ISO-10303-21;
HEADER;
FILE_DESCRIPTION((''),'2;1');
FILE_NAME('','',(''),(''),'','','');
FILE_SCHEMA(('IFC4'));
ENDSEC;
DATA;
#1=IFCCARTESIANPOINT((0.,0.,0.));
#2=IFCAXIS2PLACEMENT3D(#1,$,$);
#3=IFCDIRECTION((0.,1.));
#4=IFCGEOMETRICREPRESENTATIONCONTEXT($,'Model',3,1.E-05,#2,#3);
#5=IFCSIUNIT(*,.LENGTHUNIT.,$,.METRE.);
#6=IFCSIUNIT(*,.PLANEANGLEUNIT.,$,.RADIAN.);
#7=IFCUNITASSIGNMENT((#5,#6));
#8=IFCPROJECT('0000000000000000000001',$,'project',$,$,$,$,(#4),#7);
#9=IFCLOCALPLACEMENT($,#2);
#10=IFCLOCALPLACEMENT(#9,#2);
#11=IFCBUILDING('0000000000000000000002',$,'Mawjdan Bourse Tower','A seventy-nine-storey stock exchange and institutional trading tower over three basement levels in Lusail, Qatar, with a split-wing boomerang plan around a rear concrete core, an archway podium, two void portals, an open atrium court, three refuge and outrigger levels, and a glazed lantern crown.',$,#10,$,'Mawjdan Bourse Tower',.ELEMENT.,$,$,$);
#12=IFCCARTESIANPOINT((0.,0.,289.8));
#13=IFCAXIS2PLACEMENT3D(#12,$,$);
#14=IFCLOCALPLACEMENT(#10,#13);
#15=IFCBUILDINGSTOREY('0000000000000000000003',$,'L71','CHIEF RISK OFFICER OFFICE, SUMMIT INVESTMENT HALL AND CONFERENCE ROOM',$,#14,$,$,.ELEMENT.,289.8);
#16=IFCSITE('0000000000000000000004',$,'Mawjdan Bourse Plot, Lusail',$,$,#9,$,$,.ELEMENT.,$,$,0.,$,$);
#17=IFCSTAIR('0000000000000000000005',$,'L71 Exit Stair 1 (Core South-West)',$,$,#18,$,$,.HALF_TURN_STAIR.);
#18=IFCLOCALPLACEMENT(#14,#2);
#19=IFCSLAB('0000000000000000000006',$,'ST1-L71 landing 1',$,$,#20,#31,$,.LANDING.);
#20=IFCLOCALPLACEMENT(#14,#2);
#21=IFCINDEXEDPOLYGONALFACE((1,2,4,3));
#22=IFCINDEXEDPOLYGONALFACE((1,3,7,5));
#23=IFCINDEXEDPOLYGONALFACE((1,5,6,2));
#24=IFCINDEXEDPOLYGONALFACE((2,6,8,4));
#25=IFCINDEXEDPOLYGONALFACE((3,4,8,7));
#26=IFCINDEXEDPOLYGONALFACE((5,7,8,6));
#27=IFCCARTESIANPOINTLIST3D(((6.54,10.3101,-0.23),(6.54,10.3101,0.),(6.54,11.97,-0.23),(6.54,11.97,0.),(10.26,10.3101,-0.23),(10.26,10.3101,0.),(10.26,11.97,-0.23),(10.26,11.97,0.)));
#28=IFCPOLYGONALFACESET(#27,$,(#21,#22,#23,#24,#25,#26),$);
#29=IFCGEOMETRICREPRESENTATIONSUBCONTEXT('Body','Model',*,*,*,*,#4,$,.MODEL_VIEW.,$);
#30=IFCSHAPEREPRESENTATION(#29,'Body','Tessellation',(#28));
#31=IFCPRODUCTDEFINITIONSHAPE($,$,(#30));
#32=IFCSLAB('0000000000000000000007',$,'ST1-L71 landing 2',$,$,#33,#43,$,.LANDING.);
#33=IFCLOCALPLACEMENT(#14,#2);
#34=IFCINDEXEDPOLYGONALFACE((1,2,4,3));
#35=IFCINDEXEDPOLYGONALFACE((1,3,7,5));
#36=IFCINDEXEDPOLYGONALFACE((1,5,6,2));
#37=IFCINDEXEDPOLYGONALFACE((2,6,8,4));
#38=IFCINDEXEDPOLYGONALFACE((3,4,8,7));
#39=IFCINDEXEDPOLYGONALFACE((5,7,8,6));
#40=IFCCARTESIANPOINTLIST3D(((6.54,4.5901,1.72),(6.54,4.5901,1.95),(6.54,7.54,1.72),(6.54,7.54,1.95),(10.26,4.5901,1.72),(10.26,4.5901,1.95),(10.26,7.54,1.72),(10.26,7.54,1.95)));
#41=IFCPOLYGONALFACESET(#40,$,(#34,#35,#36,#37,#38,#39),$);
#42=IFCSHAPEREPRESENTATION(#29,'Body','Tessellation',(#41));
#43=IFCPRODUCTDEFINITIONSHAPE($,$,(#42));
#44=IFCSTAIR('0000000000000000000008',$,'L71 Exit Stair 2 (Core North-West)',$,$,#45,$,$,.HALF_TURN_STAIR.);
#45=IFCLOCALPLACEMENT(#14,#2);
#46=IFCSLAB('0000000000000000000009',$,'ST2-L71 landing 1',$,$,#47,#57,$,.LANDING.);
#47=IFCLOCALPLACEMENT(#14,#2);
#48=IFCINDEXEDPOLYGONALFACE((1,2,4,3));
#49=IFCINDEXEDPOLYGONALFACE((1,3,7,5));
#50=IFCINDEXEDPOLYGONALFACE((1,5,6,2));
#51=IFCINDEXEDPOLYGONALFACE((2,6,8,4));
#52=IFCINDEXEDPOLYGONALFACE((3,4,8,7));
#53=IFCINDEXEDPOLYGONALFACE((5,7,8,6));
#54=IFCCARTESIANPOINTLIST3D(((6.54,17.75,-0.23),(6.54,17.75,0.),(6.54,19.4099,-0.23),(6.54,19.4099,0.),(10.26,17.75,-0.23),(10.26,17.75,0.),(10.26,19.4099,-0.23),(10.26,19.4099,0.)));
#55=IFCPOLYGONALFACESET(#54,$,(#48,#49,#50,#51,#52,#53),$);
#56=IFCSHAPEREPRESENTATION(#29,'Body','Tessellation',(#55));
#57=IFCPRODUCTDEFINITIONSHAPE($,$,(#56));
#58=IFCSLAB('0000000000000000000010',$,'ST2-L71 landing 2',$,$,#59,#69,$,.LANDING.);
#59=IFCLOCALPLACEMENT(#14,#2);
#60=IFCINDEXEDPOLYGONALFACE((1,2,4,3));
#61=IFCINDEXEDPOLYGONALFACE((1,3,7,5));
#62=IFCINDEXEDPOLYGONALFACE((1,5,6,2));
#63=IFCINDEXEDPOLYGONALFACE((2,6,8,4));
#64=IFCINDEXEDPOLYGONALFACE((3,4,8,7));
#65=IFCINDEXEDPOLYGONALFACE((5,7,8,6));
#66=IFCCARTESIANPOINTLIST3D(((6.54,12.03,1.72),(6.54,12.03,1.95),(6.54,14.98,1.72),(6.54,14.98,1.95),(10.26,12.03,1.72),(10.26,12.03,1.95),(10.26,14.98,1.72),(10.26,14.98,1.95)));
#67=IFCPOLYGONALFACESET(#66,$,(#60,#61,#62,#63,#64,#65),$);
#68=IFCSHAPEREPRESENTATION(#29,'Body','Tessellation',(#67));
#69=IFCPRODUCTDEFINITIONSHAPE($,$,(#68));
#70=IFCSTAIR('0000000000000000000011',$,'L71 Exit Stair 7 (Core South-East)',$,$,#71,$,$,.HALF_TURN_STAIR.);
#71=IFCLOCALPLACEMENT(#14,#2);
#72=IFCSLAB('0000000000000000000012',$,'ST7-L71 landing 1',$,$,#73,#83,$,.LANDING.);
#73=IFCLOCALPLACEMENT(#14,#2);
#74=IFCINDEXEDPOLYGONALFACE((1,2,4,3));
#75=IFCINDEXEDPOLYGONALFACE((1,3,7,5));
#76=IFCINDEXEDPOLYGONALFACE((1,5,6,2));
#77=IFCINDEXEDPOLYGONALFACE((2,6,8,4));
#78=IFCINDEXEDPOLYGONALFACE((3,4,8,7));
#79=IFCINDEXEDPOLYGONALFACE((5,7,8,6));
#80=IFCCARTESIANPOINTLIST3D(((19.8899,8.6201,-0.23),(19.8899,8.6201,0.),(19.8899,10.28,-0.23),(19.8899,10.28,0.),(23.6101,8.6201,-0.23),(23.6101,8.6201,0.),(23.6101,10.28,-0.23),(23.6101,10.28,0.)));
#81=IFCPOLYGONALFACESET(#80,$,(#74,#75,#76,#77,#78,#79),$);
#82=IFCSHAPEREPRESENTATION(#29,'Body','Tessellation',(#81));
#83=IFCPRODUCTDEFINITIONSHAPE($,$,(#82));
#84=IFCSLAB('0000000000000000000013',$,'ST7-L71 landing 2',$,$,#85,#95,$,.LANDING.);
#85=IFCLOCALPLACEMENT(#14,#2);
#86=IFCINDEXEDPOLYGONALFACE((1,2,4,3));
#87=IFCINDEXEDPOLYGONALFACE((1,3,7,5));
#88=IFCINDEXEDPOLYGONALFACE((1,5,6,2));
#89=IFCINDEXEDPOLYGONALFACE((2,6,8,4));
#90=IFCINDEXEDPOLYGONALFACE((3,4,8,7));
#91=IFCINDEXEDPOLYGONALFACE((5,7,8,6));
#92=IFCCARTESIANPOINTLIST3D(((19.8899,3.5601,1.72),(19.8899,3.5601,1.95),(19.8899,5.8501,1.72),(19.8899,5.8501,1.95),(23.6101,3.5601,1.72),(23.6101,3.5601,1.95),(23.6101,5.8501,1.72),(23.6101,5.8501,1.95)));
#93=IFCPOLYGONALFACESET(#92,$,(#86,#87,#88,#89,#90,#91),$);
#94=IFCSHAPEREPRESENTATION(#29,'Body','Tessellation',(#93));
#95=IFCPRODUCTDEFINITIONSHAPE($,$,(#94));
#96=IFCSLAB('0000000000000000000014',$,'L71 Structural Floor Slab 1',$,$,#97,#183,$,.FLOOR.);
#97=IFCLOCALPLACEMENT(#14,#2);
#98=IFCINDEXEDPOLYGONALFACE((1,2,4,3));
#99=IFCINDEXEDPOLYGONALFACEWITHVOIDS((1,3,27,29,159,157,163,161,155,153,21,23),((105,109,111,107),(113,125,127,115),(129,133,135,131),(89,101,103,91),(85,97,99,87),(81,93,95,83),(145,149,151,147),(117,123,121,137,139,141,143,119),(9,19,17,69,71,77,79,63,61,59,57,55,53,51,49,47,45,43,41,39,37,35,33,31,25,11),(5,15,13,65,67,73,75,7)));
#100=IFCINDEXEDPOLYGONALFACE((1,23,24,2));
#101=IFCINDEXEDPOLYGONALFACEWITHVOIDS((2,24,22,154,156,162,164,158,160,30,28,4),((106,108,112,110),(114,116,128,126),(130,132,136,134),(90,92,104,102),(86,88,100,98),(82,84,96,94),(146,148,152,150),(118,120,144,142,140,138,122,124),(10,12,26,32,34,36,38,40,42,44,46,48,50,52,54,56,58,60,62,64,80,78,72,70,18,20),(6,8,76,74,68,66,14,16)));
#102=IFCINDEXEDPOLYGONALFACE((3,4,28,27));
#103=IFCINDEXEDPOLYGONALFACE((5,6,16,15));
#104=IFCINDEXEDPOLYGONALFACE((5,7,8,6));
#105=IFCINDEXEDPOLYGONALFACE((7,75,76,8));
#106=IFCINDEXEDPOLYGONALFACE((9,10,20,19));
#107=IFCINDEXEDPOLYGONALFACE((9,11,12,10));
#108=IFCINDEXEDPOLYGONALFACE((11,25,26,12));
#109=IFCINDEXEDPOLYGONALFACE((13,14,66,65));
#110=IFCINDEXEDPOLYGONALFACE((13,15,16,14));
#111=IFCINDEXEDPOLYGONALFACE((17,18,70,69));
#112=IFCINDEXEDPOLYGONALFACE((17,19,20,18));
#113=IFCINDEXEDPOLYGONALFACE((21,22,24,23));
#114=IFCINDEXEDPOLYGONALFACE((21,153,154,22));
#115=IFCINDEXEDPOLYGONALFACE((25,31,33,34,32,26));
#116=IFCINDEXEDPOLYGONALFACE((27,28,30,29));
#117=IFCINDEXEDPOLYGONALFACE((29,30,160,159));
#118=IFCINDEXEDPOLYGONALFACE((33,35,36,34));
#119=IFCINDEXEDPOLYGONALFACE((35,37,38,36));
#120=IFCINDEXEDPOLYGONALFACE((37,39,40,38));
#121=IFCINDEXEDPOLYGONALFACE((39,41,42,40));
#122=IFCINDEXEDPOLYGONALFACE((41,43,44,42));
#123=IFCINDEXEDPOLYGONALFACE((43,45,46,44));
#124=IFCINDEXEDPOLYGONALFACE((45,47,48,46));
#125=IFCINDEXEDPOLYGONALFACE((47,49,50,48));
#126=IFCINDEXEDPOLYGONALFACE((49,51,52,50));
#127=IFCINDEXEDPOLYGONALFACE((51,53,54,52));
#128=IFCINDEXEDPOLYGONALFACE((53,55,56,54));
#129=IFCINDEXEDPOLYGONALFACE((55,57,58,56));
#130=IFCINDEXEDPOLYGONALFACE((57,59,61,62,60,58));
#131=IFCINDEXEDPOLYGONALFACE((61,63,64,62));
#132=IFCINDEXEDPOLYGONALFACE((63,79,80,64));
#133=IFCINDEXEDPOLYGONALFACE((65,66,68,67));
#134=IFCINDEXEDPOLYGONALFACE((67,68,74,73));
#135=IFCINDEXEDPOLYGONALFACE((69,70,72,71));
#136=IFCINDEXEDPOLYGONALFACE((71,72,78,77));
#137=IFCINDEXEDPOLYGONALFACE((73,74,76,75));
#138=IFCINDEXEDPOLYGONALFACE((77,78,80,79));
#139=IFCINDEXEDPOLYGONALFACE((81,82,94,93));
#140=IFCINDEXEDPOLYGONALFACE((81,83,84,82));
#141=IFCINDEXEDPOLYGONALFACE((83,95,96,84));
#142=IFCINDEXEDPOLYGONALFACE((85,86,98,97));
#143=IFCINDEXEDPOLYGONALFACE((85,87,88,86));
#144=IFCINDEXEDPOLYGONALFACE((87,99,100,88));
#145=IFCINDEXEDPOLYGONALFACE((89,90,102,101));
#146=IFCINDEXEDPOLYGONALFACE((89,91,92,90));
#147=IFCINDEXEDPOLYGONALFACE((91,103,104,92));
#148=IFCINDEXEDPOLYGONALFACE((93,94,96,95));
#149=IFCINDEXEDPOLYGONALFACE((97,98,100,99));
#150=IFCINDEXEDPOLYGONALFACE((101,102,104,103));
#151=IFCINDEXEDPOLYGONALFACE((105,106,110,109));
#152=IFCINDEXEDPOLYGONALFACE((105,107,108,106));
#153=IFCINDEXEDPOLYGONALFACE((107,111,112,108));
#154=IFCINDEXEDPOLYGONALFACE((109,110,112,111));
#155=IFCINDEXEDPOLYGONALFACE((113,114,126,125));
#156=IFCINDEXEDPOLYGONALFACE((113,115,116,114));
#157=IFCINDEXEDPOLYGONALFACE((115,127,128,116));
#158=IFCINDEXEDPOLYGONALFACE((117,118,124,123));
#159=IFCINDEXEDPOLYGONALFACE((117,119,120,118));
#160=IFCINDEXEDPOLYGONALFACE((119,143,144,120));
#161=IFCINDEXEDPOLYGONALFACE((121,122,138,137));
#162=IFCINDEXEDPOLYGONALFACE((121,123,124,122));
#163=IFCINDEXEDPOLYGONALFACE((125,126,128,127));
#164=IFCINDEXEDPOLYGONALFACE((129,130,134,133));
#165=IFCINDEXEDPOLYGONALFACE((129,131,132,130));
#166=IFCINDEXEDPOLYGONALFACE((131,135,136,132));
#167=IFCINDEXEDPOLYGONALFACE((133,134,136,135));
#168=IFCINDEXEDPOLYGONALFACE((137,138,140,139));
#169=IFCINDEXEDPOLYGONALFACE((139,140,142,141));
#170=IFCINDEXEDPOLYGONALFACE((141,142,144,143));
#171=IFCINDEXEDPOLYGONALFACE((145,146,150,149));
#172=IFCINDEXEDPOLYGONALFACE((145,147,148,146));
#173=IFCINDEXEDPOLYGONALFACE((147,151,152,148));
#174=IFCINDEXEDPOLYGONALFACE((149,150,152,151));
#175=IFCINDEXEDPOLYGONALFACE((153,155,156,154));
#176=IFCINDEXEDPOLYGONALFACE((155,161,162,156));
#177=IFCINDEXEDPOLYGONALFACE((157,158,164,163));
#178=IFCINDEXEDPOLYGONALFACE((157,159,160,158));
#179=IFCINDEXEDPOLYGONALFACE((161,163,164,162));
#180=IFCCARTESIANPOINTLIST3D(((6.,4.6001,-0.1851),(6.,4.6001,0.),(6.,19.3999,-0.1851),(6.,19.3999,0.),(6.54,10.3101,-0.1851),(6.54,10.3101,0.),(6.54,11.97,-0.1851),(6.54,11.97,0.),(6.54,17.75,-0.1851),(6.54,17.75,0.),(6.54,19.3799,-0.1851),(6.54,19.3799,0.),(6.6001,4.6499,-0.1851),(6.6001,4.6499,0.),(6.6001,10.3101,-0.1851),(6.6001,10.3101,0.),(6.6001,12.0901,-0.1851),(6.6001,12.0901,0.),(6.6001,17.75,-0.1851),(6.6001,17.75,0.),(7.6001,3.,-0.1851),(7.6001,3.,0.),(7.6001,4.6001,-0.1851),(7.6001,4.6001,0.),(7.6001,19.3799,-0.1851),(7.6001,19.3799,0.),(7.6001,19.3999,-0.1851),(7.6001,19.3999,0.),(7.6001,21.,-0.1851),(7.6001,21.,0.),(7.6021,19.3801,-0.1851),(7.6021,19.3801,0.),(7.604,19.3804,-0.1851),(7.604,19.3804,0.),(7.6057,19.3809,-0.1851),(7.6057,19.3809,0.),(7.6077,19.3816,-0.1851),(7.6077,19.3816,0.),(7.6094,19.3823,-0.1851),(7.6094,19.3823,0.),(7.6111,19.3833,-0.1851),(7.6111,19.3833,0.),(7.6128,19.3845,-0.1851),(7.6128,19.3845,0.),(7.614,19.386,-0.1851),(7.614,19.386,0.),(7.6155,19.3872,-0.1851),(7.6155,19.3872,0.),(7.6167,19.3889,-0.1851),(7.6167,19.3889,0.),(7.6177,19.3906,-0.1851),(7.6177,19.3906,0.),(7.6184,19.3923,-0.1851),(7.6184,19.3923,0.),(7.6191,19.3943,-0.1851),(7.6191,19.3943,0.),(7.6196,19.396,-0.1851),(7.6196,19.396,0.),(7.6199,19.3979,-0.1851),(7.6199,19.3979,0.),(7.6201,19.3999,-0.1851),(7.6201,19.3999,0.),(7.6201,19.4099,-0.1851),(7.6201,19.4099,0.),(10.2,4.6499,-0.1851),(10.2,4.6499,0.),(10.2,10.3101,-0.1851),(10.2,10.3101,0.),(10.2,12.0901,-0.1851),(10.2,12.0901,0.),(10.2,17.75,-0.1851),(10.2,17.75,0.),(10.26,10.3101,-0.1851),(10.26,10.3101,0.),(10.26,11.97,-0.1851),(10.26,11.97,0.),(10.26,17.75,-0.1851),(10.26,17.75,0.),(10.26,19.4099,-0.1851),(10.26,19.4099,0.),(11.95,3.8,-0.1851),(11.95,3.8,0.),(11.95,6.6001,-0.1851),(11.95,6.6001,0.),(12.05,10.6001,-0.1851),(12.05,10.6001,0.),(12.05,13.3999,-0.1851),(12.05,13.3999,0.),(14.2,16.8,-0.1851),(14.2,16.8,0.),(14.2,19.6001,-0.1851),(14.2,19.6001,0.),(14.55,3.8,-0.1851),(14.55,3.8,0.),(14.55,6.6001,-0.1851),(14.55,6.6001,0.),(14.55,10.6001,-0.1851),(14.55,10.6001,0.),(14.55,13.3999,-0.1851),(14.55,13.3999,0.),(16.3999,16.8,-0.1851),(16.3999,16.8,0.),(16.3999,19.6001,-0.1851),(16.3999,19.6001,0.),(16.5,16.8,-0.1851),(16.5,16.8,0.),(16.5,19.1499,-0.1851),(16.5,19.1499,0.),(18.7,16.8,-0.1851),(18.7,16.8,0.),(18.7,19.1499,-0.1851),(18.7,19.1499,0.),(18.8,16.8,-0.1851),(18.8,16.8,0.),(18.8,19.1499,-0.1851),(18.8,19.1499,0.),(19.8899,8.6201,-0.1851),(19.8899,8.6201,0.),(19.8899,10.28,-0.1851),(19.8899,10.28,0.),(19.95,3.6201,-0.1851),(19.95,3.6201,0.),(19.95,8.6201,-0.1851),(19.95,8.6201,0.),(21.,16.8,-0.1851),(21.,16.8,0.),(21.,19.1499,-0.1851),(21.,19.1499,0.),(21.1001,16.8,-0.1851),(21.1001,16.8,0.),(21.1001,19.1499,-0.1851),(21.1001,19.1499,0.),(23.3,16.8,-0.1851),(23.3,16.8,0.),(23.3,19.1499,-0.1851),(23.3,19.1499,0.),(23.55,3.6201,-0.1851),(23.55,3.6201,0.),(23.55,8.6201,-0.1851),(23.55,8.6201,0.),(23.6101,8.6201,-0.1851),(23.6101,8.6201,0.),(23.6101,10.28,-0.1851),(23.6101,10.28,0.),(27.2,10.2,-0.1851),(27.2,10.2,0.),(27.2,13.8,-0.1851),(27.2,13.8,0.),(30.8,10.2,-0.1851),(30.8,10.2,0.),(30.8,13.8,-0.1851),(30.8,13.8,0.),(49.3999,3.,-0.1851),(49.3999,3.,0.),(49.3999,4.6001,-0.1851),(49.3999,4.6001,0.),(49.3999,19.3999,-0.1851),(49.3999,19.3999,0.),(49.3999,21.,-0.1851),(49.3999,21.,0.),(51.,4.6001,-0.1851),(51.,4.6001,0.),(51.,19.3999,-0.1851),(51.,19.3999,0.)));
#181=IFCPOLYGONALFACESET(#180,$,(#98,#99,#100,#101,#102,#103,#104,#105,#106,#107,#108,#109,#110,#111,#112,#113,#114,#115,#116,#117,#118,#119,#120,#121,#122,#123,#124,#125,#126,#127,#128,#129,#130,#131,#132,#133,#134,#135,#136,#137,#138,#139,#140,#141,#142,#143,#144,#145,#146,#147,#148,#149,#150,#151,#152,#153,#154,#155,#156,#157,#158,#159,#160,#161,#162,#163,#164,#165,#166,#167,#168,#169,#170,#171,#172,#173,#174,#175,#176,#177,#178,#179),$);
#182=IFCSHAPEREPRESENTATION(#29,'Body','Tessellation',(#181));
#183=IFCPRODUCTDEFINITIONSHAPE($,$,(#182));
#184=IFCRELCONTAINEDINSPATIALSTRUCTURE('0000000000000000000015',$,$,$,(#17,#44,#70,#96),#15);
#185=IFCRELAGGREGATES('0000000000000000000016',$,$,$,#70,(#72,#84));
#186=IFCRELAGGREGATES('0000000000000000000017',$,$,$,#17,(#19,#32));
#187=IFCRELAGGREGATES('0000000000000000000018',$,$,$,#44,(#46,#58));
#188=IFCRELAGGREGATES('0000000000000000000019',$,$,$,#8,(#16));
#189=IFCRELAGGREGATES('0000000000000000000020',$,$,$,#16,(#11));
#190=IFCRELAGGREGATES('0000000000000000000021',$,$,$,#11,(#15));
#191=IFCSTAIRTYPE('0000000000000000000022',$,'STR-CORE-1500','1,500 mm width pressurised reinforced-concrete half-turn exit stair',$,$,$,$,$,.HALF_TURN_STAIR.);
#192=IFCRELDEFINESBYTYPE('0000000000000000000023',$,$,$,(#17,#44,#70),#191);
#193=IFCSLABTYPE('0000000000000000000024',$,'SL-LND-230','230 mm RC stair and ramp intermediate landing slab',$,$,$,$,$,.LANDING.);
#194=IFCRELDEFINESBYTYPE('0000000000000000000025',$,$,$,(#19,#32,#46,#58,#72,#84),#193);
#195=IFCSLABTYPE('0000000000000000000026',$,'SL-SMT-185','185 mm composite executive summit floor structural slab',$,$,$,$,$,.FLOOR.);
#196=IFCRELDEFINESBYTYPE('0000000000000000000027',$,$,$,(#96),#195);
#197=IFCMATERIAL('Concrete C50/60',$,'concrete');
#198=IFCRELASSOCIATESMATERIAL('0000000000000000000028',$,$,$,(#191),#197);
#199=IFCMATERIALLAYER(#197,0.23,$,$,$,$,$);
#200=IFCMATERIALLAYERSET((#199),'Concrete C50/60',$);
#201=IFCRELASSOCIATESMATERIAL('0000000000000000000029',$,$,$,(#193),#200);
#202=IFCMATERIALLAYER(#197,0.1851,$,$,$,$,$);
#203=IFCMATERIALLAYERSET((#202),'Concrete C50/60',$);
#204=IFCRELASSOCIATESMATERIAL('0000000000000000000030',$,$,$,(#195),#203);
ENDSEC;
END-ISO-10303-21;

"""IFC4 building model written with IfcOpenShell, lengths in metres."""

from ifc_helpers import new_model, si_unit, direction, frame, origin, place, context, subcontext, project, spatial, polyline, outline, extrude, material, layer, layer_set, type_object, element, aggregate, save


model = new_model("IFC4")

# Units and contexts
model_context = context("Model", 3, precision=1e-05, world=origin(), true_north=direction((0.0, 1.0)))
body_context = subcontext(model_context, "Body", "Model", "MODEL_VIEW")
ifc_project = project(units=[si_unit("LENGTHUNIT", "METRE"), si_unit("PLANEANGLEUNIT", "RADIAN")], contexts=[model_context])

# Site, building, storey
site_placement = place(None, origin())
site = spatial("IfcSite", under=ifc_project, at=site_placement, Name="Mawjdan Bourse Plot, Lusail", CompositionType="ELEMENT", RefElevation=0.0)
building_placement = place(site_placement, origin())
building = spatial("IfcBuilding", under=site, at=building_placement, Name="Mawjdan Bourse Tower", Description="A seventy-nine-storey stock exchange and institutional trading tower over three basement levels in Lusail, Qatar, with a split-wing boomerang plan around a rear concrete core, an archway podium, two void portals, an open atrium court, three refuge and outrigger levels, and a glazed lantern crown.", LongName="Mawjdan Bourse Tower", CompositionType="ELEMENT")
storey_placement = place(building_placement, frame((0.0, 0.0, 289.8)))
storey = spatial("IfcBuildingStorey", under=building, at=storey_placement, Name="L71", Description="CHIEF RISK OFFICER OFFICE, SUMMIT INVESTMENT HALL AND CONFERENCE ROOM", CompositionType="ELEMENT", Elevation=289.8)

# Stairs, slabs
ifc_material_1 = material(Name="Concrete C50/60", Category="concrete")
stair_type = type_object("IfcStairType", Name="STR-CORE-1500", Description="1,500 mm width pressurised reinforced-concrete half-turn exit stair", PredefinedType="HALF_TURN_STAIR", material=ifc_material_1)
stair_1_placement = place(storey_placement, origin())
stair_1 = element("IfcStair", 1, at=stair_1_placement, inside=storey, type_object=stair_type, Name="L71 Exit Stair 1 (Core South-West)", PredefinedType="HALF_TURN_STAIR")
ifc_layer_1 = layer(ifc_material_1, 0.23)
ifc_layer_set_1 = layer_set([ifc_layer_1], Name="Concrete C50/60")
slab_type_1 = type_object("IfcSlabType", Name="SL-LND-230", Description="230 mm RC stair and ramp intermediate landing slab", PredefinedType="LANDING", material=ifc_layer_set_1)
slab_1_placement = place(storey_placement, frame((0.0, 0.0, -0.23)))
slab_1 = element("IfcSlab", 2, at=slab_1_placement, type_object=slab_type_1, Name="ST1-L71 landing 1", PredefinedType="LANDING", context=body_context, shape_type="SweptSolid", body=[
    extrude(outline(polyline([(6.54, 10.3101), (10.26, 10.3101), (10.26, 11.97), (6.54, 11.97), (6.54, 10.3101)])), origin(), (0.0, 0.0, 1.0), 0.23),
])
slab_2_placement = place(storey_placement, frame((0.0, 0.0, 1.72)))
slab_2 = element("IfcSlab", 3, at=slab_2_placement, type_object=slab_type_1, Name="ST1-L71 landing 2", PredefinedType="LANDING", context=body_context, shape_type="SweptSolid", body=[
    extrude(outline(polyline([(6.54, 4.5901), (10.26, 4.5901), (10.26, 7.54), (6.54, 7.54), (6.54, 4.5901)])), origin(), (0.0, 0.0, 1.0), 0.23),
])
stair_2_placement = place(storey_placement, origin())
stair_2 = element("IfcStair", 4, at=stair_2_placement, inside=storey, type_object=stair_type, Name="L71 Exit Stair 2 (Core North-West)", PredefinedType="HALF_TURN_STAIR")
slab_3_placement = place(storey_placement, frame((0.0, 0.0, -0.23)))
slab_3 = element("IfcSlab", 5, at=slab_3_placement, type_object=slab_type_1, Name="ST2-L71 landing 1", PredefinedType="LANDING", context=body_context, shape_type="SweptSolid", body=[
    extrude(outline(polyline([(6.54, 17.75), (10.26, 17.75), (10.26, 19.4099), (6.54, 19.4099), (6.54, 17.75)])), origin(), (0.0, 0.0, 1.0), 0.23),
])
slab_4_placement = place(storey_placement, frame((0.0, 0.0, 1.72)))
slab_4 = element("IfcSlab", 6, at=slab_4_placement, type_object=slab_type_1, Name="ST2-L71 landing 2", PredefinedType="LANDING", context=body_context, shape_type="SweptSolid", body=[
    extrude(outline(polyline([(6.54, 12.03), (10.26, 12.03), (10.26, 14.98), (6.54, 14.98), (6.54, 12.03)])), origin(), (0.0, 0.0, 1.0), 0.23),
])
stair_3_placement = place(storey_placement, origin())
stair_3 = element("IfcStair", 7, at=stair_3_placement, inside=storey, type_object=stair_type, Name="L71 Exit Stair 7 (Core South-East)", PredefinedType="HALF_TURN_STAIR")
slab_5_placement = place(storey_placement, frame((0.0, 0.0, -0.23)))
slab_5 = element("IfcSlab", 8, at=slab_5_placement, type_object=slab_type_1, Name="ST7-L71 landing 1", PredefinedType="LANDING", context=body_context, shape_type="SweptSolid", body=[
    extrude(outline(polyline([(19.8899, 8.6201), (23.6101, 8.6201), (23.6101, 10.28), (19.8899, 10.28), (19.8899, 8.6201)])), origin(), (0.0, 0.0, 1.0), 0.23),
])
slab_6_placement = place(storey_placement, frame((0.0, 0.0, 1.72)))
slab_6 = element("IfcSlab", 9, at=slab_6_placement, type_object=slab_type_1, Name="ST7-L71 landing 2", PredefinedType="LANDING", context=body_context, shape_type="SweptSolid", body=[
    extrude(outline(polyline([(19.8899, 3.5601), (23.6101, 3.5601), (23.6101, 5.8501), (19.8899, 5.8501), (19.8899, 3.5601)])), origin(), (0.0, 0.0, 1.0), 0.23),
])
aggregate(stair_3, [slab_5, slab_6])

# Slab
ifc_layer_2 = layer(ifc_material_1, 0.1851)
ifc_layer_set_2 = layer_set([ifc_layer_2], Name="Concrete C50/60")
slab_type_2 = type_object("IfcSlabType", Name="SL-SMT-185", Description="185 mm composite executive summit floor structural slab", PredefinedType="FLOOR", material=ifc_layer_set_2)
slab_7_placement = place(storey_placement, frame((0.0, 0.0, -0.1851)))
element("IfcSlab", 10, at=slab_7_placement, inside=storey, type_object=slab_type_2, Name="L71 Structural Floor Slab 1", PredefinedType="FLOOR", context=body_context, shape_type="SweptSolid", body=[
    extrude(outline(polyline([(7.6001, 3.0), (49.3999, 3.0), (49.3999, 4.6001), (51.0, 4.6001), (51.0, 19.3999), (49.3999, 19.3999), (49.3999, 21.0), (7.6001, 21.0), (7.6001, 19.3999), (6.0, 19.3999), (6.0, 4.6001), (7.6001, 4.6001), (7.6001, 3.0)]), holes=[polyline([(14.55, 3.8), (11.95, 3.8), (11.95, 6.6001), (14.55, 6.6001), (14.55, 3.8)]), polyline([(10.26, 11.97), (10.26, 10.3101), (10.2, 10.3101), (10.2, 4.6499), (6.6001, 4.6499), (6.6001, 10.3101), (6.54, 10.3101), (6.54, 11.97), (10.26, 11.97)]), polyline([(14.55, 10.6001), (12.05, 10.6001), (12.05, 13.3999), (14.55, 13.3999), (14.55, 10.6001)]), polyline([(6.6001, 12.0901), (6.6001, 17.75), (6.54, 17.75), (6.54, 19.3799), (7.6001, 19.3799), (7.6021, 19.3801), (7.604, 19.3804), (7.6057, 19.3809), (7.6077, 19.3816), (7.6094, 19.3823), (7.6111, 19.3833), (7.6128, 19.3845), (7.614, 19.386), (7.6155, 19.3872), (7.6167, 19.3889), (7.6177, 19.3906), (7.6184, 19.3923), (7.6191, 19.3943), (7.6196, 19.396), (7.6199, 19.3979), (7.6201, 19.3999), (7.6201, 19.4099), (10.26, 19.4099), (10.26, 17.75), (10.2, 17.75), (10.2, 12.0901), (6.6001, 12.0901)]), polyline([(14.2, 16.8), (14.2, 19.6001), (16.3999, 19.6001), (16.3999, 16.8), (14.2, 16.8)]), polyline([(23.6101, 10.28), (23.6101, 8.6201), (23.55, 8.6201), (23.55, 3.6201), (19.95, 3.6201), (19.95, 8.6201), (19.8899, 8.6201), (19.8899, 10.28), (23.6101, 10.28)]), polyline([(27.2, 10.2), (27.2, 13.8), (30.8, 13.8), (30.8, 10.2), (27.2, 10.2)]), polyline([(16.5, 16.8), (16.5, 19.1499), (18.7, 19.1499), (18.7, 16.8), (16.5, 16.8)]), polyline([(18.8, 16.8), (18.8, 19.1499), (21.0, 19.1499), (21.0, 16.8), (18.8, 16.8)]), polyline([(21.1001, 16.8), (21.1001, 19.1499), (23.3, 19.1499), (23.3, 16.8), (21.1001, 16.8)])]), origin(), (0.0, 0.0, 1.0), 0.1851),
])

aggregate(stair_1, [slab_1, slab_2])
aggregate(stair_2, [slab_3, slab_4])

save(model, "model.ifc")
